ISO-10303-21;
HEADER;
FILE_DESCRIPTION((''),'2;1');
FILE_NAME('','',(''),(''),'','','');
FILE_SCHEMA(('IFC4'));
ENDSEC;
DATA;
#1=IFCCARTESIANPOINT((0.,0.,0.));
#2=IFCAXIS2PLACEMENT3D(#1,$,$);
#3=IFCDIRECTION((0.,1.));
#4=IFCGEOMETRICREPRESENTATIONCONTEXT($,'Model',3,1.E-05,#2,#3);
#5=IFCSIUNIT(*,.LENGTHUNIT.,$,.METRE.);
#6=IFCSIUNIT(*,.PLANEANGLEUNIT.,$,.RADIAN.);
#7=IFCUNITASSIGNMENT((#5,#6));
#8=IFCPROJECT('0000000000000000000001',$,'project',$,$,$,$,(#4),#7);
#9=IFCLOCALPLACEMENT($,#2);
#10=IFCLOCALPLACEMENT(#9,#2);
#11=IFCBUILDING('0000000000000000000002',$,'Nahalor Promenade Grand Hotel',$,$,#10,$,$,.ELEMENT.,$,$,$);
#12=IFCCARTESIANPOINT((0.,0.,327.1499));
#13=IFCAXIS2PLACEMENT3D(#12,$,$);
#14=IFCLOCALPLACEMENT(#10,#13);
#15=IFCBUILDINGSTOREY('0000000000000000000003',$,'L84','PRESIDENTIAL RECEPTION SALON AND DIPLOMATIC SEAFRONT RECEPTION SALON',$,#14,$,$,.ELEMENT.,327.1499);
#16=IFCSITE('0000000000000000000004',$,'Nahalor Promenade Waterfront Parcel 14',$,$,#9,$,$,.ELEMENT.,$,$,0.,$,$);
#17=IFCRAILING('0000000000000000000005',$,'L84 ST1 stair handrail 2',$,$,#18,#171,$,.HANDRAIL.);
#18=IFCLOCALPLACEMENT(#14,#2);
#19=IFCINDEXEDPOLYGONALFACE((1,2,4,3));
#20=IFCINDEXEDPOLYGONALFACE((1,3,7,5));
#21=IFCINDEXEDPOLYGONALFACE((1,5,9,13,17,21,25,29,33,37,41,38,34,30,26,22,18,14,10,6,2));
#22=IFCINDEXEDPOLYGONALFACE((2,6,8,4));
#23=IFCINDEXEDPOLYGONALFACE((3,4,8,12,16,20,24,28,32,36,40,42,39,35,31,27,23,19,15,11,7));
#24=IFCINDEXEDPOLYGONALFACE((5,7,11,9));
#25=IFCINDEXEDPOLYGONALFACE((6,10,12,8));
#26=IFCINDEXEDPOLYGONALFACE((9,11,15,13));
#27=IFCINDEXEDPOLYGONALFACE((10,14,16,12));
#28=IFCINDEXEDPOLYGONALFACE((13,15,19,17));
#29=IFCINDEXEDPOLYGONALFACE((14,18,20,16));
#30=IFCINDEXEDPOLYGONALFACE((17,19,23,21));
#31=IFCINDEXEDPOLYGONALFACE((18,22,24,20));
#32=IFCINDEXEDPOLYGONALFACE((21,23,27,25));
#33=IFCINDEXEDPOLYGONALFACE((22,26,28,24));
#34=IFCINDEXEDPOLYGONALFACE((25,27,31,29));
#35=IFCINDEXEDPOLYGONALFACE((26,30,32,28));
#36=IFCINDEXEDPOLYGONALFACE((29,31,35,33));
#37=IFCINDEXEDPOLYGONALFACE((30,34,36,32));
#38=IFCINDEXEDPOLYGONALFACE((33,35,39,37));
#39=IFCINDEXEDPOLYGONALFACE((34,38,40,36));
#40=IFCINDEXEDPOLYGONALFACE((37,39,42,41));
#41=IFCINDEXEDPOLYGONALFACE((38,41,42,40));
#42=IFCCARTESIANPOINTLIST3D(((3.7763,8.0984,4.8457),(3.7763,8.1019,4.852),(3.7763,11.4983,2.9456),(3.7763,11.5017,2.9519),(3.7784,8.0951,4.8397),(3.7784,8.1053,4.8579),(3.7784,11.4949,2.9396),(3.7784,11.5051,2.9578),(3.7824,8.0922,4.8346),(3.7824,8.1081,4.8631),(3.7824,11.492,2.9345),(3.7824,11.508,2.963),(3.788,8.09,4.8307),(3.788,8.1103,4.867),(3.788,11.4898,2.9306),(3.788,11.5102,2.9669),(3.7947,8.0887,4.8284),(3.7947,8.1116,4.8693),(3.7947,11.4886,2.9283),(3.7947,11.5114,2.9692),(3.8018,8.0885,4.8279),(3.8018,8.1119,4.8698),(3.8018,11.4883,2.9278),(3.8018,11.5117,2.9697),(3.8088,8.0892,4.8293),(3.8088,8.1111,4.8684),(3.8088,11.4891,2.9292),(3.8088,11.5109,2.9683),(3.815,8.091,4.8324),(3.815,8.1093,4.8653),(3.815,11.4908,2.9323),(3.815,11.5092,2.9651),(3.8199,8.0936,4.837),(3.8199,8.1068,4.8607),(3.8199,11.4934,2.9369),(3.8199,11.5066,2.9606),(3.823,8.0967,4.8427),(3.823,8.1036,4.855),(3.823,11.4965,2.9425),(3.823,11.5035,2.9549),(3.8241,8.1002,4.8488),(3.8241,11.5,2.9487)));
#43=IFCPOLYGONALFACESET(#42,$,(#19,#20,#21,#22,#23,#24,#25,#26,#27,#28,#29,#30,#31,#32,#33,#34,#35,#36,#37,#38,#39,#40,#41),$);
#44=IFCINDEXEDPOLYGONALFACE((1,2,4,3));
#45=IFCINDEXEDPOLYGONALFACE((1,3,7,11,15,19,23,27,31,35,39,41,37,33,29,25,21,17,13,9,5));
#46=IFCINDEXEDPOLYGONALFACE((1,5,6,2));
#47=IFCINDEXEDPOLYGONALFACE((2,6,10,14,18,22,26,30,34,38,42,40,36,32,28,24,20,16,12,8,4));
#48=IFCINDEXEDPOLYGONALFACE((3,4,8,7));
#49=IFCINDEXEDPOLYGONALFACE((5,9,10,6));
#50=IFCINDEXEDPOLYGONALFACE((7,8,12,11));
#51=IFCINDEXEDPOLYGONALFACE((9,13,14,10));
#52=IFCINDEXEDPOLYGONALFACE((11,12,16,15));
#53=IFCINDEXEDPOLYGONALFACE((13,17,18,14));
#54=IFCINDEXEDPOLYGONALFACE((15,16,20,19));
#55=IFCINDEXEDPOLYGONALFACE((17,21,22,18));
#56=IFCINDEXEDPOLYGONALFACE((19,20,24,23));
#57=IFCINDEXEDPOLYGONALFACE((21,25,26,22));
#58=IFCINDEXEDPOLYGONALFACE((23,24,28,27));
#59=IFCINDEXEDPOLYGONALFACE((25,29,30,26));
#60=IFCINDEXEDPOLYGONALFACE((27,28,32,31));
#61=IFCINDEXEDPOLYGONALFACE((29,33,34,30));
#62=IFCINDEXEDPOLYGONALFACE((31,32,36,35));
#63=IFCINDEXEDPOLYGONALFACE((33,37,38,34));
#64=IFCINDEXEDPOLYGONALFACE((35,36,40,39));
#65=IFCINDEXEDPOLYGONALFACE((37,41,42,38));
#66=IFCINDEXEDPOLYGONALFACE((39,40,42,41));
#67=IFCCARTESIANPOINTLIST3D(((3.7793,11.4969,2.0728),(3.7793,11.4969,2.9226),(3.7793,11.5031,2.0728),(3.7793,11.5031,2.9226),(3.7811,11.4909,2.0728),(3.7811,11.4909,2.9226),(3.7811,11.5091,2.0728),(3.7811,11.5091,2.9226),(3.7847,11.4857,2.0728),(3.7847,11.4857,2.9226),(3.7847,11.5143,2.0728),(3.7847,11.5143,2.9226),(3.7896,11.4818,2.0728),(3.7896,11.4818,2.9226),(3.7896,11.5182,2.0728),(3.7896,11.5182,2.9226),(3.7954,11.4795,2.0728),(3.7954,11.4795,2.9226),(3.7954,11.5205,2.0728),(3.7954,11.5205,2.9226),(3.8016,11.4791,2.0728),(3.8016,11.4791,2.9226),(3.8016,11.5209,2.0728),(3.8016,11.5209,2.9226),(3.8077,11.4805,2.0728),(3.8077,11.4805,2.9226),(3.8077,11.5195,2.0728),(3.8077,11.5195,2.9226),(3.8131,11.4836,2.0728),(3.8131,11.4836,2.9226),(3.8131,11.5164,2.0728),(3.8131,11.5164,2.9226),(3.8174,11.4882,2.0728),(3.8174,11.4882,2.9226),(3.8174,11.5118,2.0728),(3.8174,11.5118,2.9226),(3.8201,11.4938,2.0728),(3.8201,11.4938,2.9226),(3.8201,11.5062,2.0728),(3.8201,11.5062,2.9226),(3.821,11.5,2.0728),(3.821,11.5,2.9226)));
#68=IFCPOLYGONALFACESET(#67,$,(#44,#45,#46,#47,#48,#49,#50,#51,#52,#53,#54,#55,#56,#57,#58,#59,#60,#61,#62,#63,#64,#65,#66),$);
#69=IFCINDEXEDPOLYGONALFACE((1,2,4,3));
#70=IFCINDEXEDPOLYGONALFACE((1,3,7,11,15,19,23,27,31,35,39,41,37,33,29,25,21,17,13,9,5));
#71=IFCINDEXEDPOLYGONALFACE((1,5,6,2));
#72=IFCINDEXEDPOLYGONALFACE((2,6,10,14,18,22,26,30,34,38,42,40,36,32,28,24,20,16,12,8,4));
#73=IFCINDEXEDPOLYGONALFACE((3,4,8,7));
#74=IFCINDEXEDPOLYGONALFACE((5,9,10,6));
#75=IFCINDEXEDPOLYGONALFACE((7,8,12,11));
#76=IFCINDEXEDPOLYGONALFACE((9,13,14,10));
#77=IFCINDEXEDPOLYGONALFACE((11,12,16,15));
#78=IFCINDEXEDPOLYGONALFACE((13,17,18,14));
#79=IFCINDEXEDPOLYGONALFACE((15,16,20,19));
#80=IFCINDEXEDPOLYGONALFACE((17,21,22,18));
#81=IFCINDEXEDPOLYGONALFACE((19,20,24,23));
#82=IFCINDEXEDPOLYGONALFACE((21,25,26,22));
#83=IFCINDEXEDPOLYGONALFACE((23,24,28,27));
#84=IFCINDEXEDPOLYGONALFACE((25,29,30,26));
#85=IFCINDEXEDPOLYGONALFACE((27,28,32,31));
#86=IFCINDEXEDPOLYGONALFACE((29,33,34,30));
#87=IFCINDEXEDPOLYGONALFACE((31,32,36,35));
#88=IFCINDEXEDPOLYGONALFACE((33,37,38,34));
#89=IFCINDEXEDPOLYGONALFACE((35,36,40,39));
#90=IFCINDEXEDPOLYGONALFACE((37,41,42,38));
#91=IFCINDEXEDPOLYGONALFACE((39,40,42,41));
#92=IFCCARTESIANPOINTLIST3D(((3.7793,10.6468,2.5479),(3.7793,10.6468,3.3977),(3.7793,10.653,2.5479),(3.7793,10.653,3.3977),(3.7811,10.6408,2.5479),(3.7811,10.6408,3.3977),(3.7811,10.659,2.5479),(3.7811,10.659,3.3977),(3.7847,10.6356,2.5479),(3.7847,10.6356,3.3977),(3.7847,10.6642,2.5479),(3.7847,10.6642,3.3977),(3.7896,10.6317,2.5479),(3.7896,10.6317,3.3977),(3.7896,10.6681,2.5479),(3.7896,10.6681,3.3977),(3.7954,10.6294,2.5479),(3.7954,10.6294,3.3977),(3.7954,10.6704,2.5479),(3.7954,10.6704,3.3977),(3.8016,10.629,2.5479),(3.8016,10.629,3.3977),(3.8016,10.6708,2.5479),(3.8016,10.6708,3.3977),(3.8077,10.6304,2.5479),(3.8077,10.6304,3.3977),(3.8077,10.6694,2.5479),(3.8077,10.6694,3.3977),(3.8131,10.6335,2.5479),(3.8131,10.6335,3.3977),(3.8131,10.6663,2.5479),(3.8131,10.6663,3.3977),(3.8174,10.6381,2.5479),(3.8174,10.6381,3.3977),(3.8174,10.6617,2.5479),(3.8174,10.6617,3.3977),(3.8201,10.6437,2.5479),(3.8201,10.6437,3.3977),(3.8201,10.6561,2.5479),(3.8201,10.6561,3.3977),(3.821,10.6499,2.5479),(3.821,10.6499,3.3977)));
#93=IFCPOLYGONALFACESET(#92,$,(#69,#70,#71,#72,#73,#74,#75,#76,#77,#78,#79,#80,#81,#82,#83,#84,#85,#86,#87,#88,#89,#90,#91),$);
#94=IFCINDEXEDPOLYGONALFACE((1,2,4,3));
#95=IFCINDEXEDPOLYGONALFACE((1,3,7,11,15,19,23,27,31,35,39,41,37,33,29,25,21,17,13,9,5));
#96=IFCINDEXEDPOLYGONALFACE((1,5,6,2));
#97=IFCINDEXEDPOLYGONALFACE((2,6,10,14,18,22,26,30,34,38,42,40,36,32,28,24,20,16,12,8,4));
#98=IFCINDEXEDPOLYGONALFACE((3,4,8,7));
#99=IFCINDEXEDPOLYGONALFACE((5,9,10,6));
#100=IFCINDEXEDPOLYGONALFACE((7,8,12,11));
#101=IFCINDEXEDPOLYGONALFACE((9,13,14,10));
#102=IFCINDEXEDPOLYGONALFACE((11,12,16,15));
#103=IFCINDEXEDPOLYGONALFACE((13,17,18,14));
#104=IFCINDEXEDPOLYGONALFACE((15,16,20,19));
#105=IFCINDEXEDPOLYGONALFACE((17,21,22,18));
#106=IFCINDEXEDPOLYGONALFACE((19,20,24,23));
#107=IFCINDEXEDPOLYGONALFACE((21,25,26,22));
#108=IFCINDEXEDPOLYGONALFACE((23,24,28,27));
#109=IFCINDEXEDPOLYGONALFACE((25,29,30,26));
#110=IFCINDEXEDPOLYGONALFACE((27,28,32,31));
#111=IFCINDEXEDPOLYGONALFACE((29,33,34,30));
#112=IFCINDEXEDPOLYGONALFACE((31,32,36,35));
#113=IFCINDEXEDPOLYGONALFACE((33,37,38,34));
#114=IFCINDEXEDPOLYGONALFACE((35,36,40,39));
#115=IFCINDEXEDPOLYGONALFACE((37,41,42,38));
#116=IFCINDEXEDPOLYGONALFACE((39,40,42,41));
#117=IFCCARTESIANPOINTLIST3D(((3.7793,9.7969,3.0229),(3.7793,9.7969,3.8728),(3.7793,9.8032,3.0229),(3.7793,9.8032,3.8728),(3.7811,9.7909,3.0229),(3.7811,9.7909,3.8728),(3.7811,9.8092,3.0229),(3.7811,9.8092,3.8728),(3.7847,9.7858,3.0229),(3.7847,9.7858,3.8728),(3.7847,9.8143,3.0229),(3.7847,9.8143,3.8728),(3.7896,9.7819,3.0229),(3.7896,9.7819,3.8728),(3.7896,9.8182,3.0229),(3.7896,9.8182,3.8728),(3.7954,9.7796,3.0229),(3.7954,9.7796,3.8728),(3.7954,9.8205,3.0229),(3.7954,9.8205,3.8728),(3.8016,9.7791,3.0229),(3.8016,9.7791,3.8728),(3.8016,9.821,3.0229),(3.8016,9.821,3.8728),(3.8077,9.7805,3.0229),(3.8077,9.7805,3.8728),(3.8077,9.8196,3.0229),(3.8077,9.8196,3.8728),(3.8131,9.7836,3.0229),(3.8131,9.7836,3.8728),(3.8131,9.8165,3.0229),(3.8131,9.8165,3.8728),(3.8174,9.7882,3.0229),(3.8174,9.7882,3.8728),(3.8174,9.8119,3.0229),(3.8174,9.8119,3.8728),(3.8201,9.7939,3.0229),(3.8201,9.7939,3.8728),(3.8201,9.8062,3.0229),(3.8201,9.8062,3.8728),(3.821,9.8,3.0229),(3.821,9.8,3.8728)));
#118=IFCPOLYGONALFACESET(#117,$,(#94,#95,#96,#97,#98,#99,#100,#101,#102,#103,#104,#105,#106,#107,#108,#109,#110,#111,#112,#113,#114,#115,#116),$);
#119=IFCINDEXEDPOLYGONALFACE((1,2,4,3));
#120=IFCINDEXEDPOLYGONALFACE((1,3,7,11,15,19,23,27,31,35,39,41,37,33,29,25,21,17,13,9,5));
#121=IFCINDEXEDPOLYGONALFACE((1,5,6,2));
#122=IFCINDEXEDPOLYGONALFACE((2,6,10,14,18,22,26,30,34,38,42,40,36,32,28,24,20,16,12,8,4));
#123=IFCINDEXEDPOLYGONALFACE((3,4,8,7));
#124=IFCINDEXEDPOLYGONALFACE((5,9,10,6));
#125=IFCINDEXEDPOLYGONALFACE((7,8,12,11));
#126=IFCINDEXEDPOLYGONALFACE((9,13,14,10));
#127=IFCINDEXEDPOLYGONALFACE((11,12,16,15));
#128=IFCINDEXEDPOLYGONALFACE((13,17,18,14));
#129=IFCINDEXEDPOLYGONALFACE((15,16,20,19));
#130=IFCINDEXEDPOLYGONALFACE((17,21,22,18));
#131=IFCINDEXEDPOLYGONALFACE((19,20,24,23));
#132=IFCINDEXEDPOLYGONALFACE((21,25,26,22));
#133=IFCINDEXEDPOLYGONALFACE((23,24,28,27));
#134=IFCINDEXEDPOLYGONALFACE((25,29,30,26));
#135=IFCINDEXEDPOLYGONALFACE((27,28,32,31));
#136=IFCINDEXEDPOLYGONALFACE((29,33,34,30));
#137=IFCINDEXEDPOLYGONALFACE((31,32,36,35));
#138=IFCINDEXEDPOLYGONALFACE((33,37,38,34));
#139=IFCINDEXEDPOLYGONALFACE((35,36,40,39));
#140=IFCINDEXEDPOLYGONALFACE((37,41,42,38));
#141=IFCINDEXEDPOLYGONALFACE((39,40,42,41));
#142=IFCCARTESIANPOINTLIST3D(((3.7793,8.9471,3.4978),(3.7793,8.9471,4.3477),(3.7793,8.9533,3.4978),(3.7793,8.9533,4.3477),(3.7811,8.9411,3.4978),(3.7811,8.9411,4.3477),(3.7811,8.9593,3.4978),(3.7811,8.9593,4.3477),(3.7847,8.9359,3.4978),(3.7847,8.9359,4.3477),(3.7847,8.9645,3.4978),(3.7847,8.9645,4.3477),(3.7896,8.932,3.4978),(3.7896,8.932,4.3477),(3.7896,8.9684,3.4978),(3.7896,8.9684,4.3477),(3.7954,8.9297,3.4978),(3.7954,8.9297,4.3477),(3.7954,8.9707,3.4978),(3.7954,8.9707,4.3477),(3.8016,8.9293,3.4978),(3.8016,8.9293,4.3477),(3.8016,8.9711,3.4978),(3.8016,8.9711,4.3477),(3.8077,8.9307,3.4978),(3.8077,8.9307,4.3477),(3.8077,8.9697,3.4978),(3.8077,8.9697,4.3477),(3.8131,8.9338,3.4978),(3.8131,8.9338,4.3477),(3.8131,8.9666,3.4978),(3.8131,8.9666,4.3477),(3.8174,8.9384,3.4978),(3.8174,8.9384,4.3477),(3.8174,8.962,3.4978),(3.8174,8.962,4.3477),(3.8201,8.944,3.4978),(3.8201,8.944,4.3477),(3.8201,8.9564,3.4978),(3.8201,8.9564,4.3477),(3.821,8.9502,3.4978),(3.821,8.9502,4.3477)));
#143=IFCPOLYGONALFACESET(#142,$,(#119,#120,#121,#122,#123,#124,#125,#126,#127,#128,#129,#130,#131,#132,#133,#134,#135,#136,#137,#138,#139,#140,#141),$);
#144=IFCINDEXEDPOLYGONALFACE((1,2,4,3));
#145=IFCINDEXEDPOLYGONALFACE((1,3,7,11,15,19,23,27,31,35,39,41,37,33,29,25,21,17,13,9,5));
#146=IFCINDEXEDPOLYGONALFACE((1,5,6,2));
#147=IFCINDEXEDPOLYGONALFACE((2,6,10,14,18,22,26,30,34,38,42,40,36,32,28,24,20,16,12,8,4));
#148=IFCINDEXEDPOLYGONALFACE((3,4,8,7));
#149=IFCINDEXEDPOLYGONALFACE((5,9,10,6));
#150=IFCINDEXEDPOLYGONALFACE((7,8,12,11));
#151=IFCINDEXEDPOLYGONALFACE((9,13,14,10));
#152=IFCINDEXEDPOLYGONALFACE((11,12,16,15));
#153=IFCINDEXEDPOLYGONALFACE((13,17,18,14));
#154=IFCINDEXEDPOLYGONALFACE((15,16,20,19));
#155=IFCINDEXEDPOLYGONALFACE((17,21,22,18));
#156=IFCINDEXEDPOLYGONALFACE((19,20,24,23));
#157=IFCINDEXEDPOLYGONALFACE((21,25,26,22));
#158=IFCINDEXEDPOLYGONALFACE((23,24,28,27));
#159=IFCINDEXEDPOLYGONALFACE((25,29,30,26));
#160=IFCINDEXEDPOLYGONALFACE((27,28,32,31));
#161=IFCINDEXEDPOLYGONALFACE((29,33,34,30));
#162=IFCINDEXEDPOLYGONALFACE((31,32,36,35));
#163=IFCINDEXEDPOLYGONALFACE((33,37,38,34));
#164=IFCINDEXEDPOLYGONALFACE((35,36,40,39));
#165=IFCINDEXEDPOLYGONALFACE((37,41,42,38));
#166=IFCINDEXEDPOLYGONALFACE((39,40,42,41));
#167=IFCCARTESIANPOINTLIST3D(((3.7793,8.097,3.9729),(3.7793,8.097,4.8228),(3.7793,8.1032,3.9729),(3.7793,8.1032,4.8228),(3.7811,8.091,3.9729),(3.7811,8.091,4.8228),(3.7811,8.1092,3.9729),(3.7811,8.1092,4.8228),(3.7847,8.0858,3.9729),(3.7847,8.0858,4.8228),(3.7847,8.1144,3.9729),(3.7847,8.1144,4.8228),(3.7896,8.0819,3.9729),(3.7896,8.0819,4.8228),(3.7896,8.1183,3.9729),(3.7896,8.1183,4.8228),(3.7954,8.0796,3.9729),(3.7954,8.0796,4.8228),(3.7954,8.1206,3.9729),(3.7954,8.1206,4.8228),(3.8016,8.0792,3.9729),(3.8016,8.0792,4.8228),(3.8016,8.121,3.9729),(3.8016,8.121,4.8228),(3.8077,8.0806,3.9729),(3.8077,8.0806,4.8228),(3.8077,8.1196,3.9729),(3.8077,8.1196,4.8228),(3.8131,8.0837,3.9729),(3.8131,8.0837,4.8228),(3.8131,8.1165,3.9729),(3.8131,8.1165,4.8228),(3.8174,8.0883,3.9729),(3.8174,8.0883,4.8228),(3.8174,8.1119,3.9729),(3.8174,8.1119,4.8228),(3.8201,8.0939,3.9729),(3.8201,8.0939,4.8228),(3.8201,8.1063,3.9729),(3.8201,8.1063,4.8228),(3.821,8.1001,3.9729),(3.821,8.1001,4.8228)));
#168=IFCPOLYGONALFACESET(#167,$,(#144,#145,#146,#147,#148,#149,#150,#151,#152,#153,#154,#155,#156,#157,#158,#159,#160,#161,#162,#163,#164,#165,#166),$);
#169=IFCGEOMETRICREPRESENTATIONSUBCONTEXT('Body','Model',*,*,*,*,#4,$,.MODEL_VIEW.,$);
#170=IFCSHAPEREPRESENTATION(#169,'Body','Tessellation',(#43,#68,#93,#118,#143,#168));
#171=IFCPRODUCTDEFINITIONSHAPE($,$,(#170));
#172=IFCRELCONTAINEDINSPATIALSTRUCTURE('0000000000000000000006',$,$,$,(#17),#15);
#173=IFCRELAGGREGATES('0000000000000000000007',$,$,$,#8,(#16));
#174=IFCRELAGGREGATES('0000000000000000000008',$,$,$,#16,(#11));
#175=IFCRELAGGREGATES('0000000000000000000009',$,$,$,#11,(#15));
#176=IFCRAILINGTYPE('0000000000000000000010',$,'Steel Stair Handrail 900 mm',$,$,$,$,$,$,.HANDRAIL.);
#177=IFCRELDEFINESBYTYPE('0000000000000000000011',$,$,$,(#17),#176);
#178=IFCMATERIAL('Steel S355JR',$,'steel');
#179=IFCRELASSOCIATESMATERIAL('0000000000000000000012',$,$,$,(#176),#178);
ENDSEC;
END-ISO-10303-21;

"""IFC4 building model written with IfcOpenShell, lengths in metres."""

from ifc_helpers import new_model, si_unit, direction, frame, origin, origin_2d, place, context, subcontext, project, spatial, circle, extrude, material, type_object, element, save


model = new_model("IFC4")

# Units and contexts
model_context = context("Model", 3, precision=1e-05, world=origin(), true_north=direction((0.0, 1.0)))
body_context = subcontext(model_context, "Body", "Model", "MODEL_VIEW")
ifc_project = project(units=[si_unit("LENGTHUNIT", "METRE"), si_unit("PLANEANGLEUNIT", "RADIAN")], contexts=[model_context])

# Site, building, storey
site_placement = place(None, origin())
site = spatial("IfcSite", under=ifc_project, at=site_placement, Name="Nahalor Promenade Waterfront Parcel 14", CompositionType="ELEMENT", RefElevation=0.0)
building_placement = place(site_placement, origin())
building = spatial("IfcBuilding", under=site, at=building_placement, Name="Nahalor Promenade Grand Hotel", CompositionType="ELEMENT")
storey_placement = place(building_placement, frame((0.0, 0.0, 327.1499)))
storey = spatial("IfcBuildingStorey", under=building, at=storey_placement, Name="L84", Description="PRESIDENTIAL RECEPTION SALON AND DIPLOMATIC SEAFRONT RECEPTION SALON", CompositionType="ELEMENT", Elevation=327.1499)

# Shared definitions
ifc_material_1 = material(Name="Steel S355JR", Category="steel")

# Railing
railing_type_1 = type_object("IfcRailingType", Name="Steel Stair Handrail 900 mm", PredefinedType="HANDRAIL", material=ifc_material_1)
railing_1_placement = place(storey_placement, frame((3.8, 11.5, 2.0728)))
element("IfcRailing", 1, at=railing_1_placement, inside=storey, type_object=railing_type_1, Name="L84 ST1 stair handrail 2", PredefinedType="HANDRAIL", context=body_context, shape_type="SweptSolid", body=[
    extrude(circle(Radius=0.024, at=origin_2d()), frame((0.0, 0.0, 0.876), z_axis=(0.0, -0.872921, 0.487861), x_axis=(1.0, 0.0, 0.0)), (0.0, 0.0, 1.0), 3.8948),
    extrude(circle(Radius=0.021, at=origin_2d()), origin(), (0.0, 0.0, 1.0), 0.8499),
    extrude(circle(Radius=0.021, at=origin_2d()), frame((0.0, -0.8501, 0.4751)), (0.0, 0.0, 1.0), 0.8499),
    extrude(circle(Radius=0.021, at=origin_2d()), frame((0.0, -1.7, 0.9502)), (0.0, 0.0, 1.0), 0.8499),
    extrude(circle(Radius=0.021, at=origin_2d()), frame((0.0, -2.5498, 1.425)), (0.0, 0.0, 1.0), 0.8499),
    extrude(circle(Radius=0.021, at=origin_2d()), frame((0.0, -3.3999, 1.9001)), (0.0, 0.0, 1.0), 0.8499),
])

save(model, "model.ifc")
